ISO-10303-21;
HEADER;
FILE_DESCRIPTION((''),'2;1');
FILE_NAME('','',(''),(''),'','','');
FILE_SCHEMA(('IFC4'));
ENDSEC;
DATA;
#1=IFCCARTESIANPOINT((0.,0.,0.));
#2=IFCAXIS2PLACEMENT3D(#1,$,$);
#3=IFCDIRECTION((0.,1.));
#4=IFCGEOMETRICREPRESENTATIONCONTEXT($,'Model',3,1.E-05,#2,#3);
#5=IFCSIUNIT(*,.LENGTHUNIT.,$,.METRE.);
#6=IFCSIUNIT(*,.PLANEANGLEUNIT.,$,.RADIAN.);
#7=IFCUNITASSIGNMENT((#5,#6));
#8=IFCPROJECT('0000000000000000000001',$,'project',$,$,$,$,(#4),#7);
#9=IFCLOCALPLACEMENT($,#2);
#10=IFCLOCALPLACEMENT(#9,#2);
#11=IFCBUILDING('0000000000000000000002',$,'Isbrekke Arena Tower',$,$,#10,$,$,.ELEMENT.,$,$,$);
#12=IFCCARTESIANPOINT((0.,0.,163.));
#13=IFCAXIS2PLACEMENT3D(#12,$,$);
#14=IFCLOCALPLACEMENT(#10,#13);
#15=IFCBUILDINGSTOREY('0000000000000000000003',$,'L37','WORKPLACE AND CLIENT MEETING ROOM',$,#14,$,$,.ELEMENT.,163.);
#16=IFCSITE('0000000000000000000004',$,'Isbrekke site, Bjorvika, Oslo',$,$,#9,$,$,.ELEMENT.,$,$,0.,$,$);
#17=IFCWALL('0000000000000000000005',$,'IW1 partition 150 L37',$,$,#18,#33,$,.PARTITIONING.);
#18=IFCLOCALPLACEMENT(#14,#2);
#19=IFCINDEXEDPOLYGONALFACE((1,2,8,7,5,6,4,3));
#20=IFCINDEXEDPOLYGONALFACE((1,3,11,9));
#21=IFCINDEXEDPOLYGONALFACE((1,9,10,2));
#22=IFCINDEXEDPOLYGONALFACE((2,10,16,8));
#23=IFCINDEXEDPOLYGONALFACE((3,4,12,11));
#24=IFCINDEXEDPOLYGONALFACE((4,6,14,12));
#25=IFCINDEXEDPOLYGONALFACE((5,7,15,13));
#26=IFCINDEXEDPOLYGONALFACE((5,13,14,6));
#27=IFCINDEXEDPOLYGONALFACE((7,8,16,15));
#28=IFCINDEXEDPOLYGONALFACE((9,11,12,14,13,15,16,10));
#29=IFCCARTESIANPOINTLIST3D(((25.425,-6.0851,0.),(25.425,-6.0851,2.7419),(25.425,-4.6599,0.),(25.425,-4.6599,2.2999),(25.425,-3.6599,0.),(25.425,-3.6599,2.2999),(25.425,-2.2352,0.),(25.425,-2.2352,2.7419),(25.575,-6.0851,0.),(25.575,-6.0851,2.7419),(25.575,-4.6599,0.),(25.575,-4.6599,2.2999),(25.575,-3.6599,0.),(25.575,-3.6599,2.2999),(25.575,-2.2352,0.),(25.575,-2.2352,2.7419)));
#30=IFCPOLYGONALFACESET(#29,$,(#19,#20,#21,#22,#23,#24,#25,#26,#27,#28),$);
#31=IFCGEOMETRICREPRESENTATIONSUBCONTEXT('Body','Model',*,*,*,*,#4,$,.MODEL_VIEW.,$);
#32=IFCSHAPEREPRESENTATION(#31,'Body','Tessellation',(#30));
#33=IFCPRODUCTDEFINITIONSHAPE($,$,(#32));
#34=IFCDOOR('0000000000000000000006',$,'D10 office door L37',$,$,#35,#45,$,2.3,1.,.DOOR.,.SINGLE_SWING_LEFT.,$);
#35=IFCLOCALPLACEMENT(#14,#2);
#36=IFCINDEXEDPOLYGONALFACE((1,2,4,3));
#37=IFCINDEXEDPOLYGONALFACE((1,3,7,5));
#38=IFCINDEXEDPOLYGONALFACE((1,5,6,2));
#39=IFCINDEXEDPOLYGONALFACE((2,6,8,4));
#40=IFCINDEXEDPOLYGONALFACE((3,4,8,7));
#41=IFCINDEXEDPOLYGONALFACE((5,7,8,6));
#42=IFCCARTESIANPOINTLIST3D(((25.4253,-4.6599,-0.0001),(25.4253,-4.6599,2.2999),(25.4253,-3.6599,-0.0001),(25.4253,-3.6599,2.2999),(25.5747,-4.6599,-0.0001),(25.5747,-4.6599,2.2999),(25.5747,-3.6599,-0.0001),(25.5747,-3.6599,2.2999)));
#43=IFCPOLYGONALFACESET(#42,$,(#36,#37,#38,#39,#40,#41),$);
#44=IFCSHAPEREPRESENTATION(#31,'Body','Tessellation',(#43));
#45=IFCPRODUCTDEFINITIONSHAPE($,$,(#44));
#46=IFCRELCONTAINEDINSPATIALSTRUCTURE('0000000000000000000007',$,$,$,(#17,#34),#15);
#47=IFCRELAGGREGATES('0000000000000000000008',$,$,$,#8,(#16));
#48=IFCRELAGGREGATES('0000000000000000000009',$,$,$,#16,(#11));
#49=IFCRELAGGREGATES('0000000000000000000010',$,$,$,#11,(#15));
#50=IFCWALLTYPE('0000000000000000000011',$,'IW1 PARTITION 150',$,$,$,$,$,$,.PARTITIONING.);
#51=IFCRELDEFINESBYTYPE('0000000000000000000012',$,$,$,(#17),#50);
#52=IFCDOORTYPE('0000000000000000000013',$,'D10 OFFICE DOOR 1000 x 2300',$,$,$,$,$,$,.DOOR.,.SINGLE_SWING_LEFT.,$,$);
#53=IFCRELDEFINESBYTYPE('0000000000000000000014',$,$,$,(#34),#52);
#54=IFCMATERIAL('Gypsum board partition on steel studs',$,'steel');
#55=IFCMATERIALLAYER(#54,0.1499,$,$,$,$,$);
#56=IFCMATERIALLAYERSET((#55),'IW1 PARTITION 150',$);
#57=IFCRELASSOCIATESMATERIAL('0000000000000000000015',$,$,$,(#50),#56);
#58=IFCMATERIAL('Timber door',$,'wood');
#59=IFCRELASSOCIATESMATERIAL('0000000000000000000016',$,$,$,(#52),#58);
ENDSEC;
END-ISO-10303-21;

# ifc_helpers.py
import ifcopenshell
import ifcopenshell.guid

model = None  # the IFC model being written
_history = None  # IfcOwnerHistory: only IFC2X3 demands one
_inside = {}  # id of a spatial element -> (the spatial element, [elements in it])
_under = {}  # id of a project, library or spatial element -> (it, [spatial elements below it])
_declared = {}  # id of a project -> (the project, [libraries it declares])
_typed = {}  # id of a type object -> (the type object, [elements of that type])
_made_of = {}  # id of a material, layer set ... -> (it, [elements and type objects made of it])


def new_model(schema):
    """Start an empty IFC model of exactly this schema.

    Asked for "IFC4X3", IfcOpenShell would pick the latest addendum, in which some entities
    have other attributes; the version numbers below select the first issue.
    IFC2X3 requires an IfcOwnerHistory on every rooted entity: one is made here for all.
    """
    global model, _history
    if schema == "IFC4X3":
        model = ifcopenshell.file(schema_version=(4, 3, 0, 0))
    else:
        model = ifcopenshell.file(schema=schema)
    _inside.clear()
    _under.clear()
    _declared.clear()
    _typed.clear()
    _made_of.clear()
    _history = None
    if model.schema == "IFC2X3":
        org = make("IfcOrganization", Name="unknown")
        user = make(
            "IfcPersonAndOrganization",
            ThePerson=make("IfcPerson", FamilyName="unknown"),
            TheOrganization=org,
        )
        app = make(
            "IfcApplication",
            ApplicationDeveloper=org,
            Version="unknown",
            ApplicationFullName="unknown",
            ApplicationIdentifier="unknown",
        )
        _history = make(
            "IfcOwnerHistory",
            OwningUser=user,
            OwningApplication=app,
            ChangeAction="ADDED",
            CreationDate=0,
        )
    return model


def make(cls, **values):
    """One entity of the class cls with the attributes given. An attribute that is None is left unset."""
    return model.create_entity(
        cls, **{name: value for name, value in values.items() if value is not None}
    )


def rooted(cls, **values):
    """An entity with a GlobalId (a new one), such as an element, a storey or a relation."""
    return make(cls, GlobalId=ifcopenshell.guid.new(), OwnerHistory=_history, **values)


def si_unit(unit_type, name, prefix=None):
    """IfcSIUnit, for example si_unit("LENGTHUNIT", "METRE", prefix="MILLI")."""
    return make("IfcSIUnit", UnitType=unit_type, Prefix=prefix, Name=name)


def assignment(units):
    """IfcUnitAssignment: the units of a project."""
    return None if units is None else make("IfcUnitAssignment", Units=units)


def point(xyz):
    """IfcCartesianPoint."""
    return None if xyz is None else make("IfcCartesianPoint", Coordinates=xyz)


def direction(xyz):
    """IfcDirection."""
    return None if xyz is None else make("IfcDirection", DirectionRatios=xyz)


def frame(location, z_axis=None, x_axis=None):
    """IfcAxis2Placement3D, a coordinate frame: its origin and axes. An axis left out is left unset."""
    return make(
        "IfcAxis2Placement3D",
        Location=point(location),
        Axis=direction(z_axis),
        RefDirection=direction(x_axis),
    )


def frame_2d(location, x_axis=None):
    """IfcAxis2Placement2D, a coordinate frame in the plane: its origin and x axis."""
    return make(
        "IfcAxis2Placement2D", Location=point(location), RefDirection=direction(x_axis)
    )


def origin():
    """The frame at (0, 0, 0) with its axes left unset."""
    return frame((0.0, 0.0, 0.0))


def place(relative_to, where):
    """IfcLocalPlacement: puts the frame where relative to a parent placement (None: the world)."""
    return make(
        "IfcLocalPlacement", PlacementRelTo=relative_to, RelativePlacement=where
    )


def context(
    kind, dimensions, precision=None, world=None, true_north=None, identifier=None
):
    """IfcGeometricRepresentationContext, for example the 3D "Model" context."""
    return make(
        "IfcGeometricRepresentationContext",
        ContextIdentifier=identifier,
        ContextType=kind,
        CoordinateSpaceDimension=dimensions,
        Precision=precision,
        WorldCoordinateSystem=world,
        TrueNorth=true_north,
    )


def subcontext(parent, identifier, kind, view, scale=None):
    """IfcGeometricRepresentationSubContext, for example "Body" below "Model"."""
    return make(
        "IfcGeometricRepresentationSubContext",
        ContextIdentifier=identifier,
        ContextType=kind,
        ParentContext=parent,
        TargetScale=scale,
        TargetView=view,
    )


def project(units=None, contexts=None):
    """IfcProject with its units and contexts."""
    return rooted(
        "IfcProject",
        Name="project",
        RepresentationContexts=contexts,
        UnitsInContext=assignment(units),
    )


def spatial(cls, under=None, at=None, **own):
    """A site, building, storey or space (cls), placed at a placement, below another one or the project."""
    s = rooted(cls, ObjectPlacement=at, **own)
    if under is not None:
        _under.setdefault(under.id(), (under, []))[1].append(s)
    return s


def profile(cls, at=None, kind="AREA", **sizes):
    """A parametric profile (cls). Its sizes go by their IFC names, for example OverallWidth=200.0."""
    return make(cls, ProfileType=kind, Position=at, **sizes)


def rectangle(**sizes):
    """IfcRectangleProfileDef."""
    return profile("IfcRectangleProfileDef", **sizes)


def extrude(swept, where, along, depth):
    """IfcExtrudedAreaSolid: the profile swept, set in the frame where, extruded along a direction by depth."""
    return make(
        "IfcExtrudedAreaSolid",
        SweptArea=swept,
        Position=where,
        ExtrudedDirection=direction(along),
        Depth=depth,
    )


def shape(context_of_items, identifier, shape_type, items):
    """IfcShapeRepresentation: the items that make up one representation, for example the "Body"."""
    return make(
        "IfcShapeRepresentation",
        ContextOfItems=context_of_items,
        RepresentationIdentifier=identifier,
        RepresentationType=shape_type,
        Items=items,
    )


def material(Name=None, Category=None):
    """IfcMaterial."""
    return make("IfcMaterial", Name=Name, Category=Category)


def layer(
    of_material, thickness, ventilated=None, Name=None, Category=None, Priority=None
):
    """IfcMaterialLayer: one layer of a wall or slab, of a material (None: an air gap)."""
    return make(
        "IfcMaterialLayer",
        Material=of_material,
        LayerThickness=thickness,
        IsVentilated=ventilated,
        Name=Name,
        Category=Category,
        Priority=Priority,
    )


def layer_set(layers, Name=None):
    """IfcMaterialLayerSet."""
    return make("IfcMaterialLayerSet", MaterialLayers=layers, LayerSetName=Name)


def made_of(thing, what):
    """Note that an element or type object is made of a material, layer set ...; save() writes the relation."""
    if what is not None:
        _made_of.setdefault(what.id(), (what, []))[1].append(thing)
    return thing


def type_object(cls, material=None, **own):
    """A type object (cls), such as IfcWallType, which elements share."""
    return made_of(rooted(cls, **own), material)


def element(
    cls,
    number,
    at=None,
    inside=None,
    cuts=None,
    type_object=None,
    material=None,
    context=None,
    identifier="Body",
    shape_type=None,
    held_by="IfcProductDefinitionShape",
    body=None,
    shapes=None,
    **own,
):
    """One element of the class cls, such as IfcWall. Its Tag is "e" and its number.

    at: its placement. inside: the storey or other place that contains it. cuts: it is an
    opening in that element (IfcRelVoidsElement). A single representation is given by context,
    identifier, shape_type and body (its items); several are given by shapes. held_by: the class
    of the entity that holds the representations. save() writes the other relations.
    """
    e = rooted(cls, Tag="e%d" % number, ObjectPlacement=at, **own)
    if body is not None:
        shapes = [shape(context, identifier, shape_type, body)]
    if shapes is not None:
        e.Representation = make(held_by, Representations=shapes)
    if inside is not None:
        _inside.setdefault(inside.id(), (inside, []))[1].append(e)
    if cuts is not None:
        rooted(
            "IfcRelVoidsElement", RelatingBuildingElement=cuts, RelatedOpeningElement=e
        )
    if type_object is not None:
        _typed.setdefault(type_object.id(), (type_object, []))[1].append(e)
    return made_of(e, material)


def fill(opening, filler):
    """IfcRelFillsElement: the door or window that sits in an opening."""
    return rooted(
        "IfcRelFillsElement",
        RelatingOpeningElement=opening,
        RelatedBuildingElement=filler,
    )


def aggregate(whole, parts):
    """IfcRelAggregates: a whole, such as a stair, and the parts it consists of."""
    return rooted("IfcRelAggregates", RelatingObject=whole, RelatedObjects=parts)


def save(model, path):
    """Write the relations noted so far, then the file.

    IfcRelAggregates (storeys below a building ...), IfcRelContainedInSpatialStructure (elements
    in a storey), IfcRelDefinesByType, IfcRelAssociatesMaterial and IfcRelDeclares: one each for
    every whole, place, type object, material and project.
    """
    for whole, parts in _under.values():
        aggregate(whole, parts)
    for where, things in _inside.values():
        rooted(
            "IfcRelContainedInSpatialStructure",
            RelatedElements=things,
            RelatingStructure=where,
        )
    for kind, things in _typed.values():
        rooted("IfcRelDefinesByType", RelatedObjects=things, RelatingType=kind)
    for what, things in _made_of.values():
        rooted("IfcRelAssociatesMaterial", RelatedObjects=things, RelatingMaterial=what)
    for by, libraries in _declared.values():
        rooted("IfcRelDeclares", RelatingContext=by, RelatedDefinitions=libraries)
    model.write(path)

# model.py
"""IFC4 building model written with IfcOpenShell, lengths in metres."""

from ifc_helpers import new_model, si_unit, direction, frame, frame_2d, origin, place, context, subcontext, project, spatial, rectangle, extrude, material, layer, layer_set, type_object, element, fill, save


model = new_model("IFC4")

# Units and contexts
model_context = context("Model", 3, precision=1e-05, world=origin(), true_north=direction((0.0, 1.0)))
body_context = subcontext(model_context, "Body", "Model", "MODEL_VIEW")
ifc_project = project(units=[si_unit("LENGTHUNIT", "METRE"), si_unit("PLANEANGLEUNIT", "RADIAN")], contexts=[model_context])

# Site, building, storey
site_placement = place(None, origin())
site = spatial("IfcSite", under=ifc_project, at=site_placement, Name="Isbrekke site, Bjorvika, Oslo", CompositionType="ELEMENT", RefElevation=0.0)
building_placement = place(site_placement, origin())
building = spatial("IfcBuilding", under=site, at=building_placement, Name="Isbrekke Arena Tower", CompositionType="ELEMENT")
storey_placement = place(building_placement, frame((0.0, 0.0, 163.0)))
storey = spatial("IfcBuildingStorey", under=building, at=storey_placement, Name="L37", Description="WORKPLACE AND CLIENT MEETING ROOM", CompositionType="ELEMENT", Elevation=163.0)

# Shared definitions
ifc_material_1 = material(Name="Gypsum board partition on steel studs", Category="steel")
ifc_layer_1 = layer(ifc_material_1, 0.1499)
ifc_layer_set_1 = layer_set([ifc_layer_1], Name="IW1 PARTITION 150")
wall_type = type_object("IfcWallType", Name="IW1 PARTITION 150", PredefinedType="PARTITIONING", material=ifc_layer_set_1)

# Wall, opening, door
ifc_material_2 = material(Name="Timber door", Category="wood")
door_type = type_object("IfcDoorType", Name="D10 OFFICE DOOR 1000 x 2300", OperationType="SINGLE_SWING_LEFT", PredefinedType="DOOR", material=ifc_material_2)
wall_1_placement = place(storey_placement, frame((25.5, -6.085, 0.0), z_axis=(0.0, 0.0, 1.0), x_axis=(0.0, 1.0, 0.0)))
wall_1 = element("IfcWall", 1, at=wall_1_placement, inside=storey, type_object=wall_type, Name="IW1 partition 150 L37", PredefinedType="PARTITIONING", context=body_context, shape_type="SweptSolid", body=[
    extrude(rectangle(XDim=3.8499, YDim=0.1499, at=frame_2d((1.9248, 0.0))), origin(), (0.0, 0.0, 1.0), 2.7419),
])
opening_1_placement = place(wall_1_placement, frame((1.425, 0.0, 0.0)))
opening_1 = element("IfcOpeningElement", 2, at=opening_1_placement, cuts=wall_1, PredefinedType="OPENING", context=body_context, shape_type="SweptSolid", body=[
    extrude(rectangle(XDim=1.0, YDim=2.3, at=frame_2d((0.5, 1.1499))), frame((0.0, 0.0898, 0.0), z_axis=(0.0, -1.0, 0.0), x_axis=(1.0, 0.0, 0.0)), (0.0, 0.0, 1.0), 0.1797),
])
door_1_placement = place(opening_1_placement, origin())
door_1 = element("IfcDoor", 3, at=door_1_placement, inside=storey, type_object=door_type, Name="D10 office door L37", OperationType="SINGLE_SWING_LEFT", OverallHeight=2.3, OverallWidth=1.0, PredefinedType="DOOR", context=body_context, shape_type="SweptSolid", body=[
    extrude(rectangle(XDim=1.0, YDim=2.3, at=frame_2d((0.5, 1.1499))), frame((0.0, 0.0747, 0.0), z_axis=(0.0, -1.0, 0.0), x_axis=(1.0, 0.0, 0.0)), (0.0, 0.0, 1.0), 0.1494),
])
fill(opening_1, door_1)

save(model, "model.ifc")
